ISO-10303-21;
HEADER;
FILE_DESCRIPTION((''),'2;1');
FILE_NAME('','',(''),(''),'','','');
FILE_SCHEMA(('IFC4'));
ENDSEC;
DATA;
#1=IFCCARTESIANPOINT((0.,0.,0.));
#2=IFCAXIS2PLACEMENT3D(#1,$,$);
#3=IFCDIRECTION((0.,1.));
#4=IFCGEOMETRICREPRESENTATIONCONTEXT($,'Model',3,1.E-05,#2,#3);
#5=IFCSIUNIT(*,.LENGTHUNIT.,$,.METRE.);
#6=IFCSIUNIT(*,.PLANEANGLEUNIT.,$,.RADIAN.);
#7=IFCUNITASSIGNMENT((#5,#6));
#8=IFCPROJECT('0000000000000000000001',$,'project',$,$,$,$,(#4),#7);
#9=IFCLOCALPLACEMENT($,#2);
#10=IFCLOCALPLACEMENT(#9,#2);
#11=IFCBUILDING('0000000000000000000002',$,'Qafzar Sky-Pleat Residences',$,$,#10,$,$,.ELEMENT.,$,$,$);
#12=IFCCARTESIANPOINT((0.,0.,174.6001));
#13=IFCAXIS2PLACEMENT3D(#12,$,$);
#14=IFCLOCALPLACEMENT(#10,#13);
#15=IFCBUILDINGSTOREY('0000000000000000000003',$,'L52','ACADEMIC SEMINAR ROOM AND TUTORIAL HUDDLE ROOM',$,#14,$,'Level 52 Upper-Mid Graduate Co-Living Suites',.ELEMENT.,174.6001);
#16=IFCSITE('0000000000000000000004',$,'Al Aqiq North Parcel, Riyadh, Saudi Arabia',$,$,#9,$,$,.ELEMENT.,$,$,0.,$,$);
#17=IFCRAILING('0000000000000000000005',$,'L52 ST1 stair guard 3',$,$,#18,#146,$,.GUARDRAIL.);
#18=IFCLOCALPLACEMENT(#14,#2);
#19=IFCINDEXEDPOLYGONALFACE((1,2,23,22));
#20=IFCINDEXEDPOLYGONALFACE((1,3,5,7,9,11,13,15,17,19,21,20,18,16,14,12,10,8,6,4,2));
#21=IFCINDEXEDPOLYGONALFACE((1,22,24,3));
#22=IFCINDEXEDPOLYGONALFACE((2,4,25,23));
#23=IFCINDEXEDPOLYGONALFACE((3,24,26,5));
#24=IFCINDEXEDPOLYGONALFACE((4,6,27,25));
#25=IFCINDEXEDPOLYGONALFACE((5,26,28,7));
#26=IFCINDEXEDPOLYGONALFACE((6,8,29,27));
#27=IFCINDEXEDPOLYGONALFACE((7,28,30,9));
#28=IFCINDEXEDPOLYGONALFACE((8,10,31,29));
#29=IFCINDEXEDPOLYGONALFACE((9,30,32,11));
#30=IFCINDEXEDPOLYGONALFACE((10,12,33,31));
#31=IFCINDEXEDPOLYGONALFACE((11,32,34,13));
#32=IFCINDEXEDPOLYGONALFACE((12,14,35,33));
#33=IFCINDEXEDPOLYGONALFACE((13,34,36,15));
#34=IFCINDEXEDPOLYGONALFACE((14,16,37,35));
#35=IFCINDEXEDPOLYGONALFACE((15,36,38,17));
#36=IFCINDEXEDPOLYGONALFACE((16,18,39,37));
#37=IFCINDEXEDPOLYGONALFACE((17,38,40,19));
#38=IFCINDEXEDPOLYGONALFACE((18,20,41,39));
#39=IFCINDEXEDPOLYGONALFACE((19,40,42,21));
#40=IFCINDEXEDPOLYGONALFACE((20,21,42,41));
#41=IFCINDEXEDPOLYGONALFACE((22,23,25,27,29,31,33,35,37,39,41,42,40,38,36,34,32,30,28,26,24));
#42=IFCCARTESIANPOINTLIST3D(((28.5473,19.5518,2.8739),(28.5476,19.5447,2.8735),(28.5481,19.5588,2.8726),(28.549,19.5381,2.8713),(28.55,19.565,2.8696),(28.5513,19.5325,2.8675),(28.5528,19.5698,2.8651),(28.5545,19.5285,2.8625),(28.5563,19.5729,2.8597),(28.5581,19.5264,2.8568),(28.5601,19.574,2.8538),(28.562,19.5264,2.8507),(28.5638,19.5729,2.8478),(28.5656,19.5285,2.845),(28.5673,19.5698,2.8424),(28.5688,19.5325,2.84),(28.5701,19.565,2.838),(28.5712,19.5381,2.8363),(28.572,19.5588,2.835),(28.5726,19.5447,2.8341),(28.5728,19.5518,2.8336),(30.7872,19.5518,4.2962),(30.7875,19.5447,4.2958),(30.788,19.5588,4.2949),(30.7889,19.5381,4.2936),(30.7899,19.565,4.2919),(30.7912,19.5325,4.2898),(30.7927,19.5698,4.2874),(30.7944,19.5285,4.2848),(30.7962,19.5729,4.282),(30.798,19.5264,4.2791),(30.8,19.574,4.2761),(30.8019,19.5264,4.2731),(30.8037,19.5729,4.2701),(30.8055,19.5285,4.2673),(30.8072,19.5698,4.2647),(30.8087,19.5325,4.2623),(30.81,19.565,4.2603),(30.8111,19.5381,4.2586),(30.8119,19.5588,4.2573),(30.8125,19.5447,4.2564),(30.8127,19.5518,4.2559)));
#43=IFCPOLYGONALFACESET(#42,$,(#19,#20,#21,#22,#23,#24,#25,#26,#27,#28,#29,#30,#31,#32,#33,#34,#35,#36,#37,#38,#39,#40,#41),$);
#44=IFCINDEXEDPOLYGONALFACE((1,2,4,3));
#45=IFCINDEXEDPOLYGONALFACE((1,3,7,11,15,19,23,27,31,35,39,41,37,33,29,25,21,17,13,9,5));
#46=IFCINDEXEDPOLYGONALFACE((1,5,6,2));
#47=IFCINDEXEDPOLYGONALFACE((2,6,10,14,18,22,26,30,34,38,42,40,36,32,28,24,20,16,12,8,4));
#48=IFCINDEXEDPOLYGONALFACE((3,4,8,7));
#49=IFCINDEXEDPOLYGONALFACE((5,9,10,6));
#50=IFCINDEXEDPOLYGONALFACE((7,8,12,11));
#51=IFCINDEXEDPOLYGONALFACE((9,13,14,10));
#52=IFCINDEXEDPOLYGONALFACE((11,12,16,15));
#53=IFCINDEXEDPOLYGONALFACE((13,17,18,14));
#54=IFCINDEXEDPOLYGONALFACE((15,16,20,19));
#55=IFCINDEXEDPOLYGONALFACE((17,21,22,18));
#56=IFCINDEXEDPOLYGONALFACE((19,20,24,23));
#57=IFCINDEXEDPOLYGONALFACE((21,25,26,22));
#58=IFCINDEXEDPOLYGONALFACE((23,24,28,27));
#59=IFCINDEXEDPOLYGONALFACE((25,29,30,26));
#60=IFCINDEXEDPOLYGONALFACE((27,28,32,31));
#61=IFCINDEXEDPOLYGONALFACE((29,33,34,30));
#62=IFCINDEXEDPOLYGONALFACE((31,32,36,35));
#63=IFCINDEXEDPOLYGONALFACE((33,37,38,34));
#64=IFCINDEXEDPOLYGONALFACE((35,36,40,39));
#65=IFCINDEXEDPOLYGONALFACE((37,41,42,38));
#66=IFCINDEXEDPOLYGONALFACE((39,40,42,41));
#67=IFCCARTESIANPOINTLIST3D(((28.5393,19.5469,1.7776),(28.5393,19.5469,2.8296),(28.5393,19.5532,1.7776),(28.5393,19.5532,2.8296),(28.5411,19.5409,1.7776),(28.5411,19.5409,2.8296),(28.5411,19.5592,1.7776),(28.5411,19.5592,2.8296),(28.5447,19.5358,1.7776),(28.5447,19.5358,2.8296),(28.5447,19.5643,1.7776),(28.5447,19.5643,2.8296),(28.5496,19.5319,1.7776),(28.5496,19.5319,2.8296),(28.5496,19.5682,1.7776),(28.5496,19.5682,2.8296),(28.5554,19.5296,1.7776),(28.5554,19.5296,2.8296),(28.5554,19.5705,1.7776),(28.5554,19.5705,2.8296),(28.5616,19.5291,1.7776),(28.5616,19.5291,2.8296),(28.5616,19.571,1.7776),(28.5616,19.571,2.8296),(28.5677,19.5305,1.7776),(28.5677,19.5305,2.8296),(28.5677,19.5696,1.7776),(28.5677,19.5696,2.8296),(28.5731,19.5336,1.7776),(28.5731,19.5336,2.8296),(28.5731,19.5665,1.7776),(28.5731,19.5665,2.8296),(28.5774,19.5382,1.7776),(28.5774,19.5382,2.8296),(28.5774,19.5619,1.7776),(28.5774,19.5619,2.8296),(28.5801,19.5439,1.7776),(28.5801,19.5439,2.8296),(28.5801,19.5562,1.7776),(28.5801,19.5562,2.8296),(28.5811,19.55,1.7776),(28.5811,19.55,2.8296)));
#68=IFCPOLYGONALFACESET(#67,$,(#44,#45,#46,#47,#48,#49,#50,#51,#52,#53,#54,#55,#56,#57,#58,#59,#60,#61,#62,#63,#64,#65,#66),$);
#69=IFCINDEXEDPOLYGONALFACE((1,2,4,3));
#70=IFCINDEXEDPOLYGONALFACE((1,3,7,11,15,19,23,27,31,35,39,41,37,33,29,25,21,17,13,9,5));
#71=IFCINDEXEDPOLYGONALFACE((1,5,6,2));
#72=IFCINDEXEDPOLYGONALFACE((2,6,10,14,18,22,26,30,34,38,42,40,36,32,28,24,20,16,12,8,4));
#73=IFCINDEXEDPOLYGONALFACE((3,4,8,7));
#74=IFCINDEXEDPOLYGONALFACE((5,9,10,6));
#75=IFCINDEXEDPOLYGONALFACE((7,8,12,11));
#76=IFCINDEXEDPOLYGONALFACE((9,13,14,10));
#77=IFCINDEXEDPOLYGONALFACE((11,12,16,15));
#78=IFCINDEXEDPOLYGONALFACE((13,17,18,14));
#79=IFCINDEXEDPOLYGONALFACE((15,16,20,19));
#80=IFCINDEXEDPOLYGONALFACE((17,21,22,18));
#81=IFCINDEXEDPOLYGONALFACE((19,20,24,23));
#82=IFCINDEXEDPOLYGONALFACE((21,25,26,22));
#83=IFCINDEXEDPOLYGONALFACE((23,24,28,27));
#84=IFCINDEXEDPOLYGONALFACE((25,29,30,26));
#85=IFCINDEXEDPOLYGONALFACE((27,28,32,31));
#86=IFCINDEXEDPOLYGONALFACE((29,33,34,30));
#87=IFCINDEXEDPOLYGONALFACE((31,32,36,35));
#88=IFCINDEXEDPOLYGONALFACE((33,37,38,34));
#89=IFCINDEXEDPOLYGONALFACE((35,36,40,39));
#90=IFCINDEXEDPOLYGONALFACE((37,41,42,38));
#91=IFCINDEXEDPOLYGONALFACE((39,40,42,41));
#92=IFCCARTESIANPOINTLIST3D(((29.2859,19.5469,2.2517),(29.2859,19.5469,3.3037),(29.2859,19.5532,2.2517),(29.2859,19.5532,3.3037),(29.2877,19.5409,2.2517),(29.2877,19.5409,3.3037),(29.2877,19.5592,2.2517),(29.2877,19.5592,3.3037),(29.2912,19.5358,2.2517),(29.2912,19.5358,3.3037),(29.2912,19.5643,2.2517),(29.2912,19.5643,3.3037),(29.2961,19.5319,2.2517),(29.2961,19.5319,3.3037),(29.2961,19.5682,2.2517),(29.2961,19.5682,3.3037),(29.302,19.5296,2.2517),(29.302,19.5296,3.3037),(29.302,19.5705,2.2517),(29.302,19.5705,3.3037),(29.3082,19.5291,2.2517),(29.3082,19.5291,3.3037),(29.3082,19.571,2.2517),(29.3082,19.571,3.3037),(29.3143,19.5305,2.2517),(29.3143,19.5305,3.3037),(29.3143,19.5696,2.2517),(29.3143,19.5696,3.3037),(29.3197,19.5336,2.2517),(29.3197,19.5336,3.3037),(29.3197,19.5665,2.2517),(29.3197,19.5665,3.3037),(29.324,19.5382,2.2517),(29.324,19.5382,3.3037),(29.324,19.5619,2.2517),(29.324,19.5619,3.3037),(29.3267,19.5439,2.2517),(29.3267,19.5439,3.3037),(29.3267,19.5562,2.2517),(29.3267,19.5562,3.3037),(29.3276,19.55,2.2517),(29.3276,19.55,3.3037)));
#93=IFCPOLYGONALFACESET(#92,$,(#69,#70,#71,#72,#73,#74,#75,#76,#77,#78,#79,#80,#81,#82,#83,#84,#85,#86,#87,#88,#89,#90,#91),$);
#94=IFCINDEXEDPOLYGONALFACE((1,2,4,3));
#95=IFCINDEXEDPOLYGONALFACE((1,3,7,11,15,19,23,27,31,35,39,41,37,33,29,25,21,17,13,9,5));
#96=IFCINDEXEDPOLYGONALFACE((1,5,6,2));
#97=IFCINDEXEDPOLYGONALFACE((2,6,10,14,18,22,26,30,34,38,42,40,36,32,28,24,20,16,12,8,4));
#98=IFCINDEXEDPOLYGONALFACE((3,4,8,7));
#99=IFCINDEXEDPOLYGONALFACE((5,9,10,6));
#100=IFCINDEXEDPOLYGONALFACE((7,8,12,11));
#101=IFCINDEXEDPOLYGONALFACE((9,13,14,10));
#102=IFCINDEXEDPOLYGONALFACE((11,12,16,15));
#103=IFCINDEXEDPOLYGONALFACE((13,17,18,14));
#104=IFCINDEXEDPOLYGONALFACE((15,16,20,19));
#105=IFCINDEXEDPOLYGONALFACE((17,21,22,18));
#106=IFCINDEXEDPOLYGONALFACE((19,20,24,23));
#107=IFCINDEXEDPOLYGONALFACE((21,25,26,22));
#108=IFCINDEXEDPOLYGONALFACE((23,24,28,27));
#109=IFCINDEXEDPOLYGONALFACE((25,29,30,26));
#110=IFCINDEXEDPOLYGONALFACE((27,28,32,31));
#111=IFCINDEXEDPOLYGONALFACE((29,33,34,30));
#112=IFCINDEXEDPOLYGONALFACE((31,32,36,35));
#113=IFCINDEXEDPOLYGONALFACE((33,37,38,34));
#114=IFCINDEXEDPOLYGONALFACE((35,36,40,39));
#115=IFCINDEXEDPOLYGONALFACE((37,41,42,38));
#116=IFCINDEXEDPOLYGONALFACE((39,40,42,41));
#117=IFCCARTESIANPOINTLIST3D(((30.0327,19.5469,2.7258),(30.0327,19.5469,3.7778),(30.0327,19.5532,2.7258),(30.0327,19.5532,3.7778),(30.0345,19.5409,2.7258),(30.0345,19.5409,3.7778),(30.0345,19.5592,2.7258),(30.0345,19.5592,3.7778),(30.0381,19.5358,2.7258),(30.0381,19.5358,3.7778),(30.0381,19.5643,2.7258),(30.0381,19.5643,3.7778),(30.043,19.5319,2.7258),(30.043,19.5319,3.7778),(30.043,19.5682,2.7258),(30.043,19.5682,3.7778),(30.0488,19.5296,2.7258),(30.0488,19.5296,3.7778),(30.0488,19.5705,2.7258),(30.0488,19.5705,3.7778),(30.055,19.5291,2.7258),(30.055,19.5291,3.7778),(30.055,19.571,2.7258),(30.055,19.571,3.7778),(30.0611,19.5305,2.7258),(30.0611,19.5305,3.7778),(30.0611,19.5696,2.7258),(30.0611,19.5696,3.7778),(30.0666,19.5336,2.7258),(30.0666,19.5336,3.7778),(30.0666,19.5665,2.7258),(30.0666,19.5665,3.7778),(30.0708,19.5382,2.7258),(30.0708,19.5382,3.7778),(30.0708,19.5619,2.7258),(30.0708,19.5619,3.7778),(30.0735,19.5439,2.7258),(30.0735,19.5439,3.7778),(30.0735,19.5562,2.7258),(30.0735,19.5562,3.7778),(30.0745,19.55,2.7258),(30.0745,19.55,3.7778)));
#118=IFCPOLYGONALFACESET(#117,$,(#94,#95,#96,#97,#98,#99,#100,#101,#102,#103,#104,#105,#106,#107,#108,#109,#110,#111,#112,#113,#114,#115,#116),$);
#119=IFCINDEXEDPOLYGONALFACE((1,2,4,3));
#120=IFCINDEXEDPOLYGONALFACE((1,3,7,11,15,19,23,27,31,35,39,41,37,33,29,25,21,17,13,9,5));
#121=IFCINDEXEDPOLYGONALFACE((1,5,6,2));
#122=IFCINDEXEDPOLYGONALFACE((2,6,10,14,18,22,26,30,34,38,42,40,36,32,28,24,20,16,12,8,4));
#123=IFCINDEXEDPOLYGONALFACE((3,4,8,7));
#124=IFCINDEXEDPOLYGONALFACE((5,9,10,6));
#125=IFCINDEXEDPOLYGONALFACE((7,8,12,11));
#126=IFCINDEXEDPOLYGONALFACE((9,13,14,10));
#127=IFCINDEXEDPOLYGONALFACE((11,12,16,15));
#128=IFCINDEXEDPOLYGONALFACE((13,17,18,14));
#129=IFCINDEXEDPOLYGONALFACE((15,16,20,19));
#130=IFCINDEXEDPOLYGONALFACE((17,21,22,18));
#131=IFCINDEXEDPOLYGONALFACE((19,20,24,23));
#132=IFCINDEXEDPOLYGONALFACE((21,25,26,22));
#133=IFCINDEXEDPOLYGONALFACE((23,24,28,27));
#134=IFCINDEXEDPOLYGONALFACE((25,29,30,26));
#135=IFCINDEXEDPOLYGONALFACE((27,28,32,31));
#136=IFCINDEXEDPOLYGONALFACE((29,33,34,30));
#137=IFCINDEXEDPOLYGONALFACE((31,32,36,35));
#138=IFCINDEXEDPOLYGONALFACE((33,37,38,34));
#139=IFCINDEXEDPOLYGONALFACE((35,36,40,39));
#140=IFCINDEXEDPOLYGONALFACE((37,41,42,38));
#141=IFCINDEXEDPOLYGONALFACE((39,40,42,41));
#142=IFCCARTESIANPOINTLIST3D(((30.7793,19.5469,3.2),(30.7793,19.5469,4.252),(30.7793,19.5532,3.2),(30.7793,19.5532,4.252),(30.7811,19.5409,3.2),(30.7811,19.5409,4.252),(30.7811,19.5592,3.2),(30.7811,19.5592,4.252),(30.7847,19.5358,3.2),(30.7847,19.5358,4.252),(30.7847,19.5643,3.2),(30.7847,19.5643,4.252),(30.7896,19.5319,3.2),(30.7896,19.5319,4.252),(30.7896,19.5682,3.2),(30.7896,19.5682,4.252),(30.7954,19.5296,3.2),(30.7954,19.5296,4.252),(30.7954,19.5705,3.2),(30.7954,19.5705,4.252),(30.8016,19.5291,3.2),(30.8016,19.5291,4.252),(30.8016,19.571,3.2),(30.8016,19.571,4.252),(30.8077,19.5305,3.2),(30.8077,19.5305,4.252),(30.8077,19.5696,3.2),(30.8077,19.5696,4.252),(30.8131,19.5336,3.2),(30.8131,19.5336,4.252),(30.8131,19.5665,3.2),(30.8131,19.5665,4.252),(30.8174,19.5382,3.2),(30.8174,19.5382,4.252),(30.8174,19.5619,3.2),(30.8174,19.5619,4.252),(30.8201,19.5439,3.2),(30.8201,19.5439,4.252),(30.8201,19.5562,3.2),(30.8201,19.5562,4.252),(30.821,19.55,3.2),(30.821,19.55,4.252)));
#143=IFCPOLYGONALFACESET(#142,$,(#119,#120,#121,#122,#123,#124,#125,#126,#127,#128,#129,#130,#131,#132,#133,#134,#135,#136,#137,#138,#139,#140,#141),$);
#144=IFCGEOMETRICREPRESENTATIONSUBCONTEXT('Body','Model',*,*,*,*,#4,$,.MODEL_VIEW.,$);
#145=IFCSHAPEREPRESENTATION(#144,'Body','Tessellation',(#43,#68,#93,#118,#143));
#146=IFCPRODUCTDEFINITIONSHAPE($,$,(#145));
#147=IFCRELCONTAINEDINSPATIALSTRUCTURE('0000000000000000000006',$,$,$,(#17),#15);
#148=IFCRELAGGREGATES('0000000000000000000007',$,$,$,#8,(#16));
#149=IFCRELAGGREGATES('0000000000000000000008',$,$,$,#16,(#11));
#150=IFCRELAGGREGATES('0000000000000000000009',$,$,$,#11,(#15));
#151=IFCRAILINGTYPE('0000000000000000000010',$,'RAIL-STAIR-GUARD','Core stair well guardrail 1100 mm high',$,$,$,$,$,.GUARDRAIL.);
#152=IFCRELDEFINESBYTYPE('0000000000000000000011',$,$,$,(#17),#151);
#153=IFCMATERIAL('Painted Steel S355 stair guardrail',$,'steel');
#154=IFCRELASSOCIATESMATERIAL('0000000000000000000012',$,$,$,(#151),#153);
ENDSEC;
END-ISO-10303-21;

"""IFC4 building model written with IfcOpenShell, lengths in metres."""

from ifc_helpers import new_model, si_unit, direction, frame, origin, origin_2d, place, context, subcontext, project, spatial, circle, extrude, source, transform, mapped, material, type_object, element, save


model = new_model("IFC4")

# Units and contexts
model_context = context("Model", 3, precision=1e-05, world=origin(), true_north=direction((0.0, 1.0)))
body_context = subcontext(model_context, "Body", "Model", "MODEL_VIEW")
ifc_project = project(units=[si_unit("LENGTHUNIT", "METRE"), si_unit("PLANEANGLEUNIT", "RADIAN")], contexts=[model_context])

# Site, building, storey
site_placement = place(None, origin())
site = spatial("IfcSite", under=ifc_project, at=site_placement, Name="Al Aqiq North Parcel, Riyadh, Saudi Arabia", CompositionType="ELEMENT", RefElevation=0.0)
building_placement = place(site_placement, origin())
building = spatial("IfcBuilding", under=site, at=building_placement, Name="Qafzar Sky-Pleat Residences", CompositionType="ELEMENT")
storey_placement = place(building_placement, frame((0.0, 0.0, 174.6001)))
storey = spatial("IfcBuildingStorey", under=building, at=storey_placement, Name="L52", Description="ACADEMIC SEMINAR ROOM AND TUTORIAL HUDDLE ROOM", LongName="Level 52 Upper-Mid Graduate Co-Living Suites", CompositionType="ELEMENT", Elevation=174.6001)

# Railing
ifc_material_1 = material(Name="Painted Steel S355 stair guardrail", Category="steel")
railing_type_1 = type_object("IfcRailingType", Name="RAIL-STAIR-GUARD", Description="Core stair well guardrail 1100 mm high", PredefinedType="GUARDRAIL", material=ifc_material_1)
shared_shape_1 = source(origin(), body_context, "Body", "SweptSolid", [
    extrude(circle(Radius=0.0239, at=origin_2d()), frame((0.0, 0.0, 1.0762), z_axis=(0.844188, 0.0, 0.536048), x_axis=(0.0, 1.0, 0.0)), (0.0, 0.0, 1.0), 2.6533),
    extrude(circle(Radius=0.021, at=origin_2d()), origin(), (0.0, 0.0, 1.0), 1.052),
    extrude(circle(Radius=0.021, at=origin_2d()), frame((0.7466, 0.0, 0.4741)), (0.0, 0.0, 1.0), 1.052),
    extrude(circle(Radius=0.021, at=origin_2d()), frame((1.4934, 0.0, 0.9482)), (0.0, 0.0, 1.0), 1.052),
    extrude(circle(Radius=0.021, at=origin_2d()), frame((2.24, 0.0, 1.4224)), (0.0, 0.0, 1.0), 1.052),
])
railing_1_placement = place(storey_placement, frame((28.5601, 19.55, 1.7776)))
element("IfcRailing", 1, at=railing_1_placement, inside=storey, type_object=railing_type_1, Name="L52 ST1 stair guard 3", PredefinedType="GUARDRAIL", context=body_context, shape_type="MappedRepresentation", body=[
    mapped(shared_shape_1, transform((0.0, 0.0, 0.0), x_axis=(1.0, 0.0, 0.0), y_axis=(0.0, 1.0, 0.0), z_axis=(0.0, 0.0, 1.0), scale=1.0)),
])

save(model, "model.ifc")
